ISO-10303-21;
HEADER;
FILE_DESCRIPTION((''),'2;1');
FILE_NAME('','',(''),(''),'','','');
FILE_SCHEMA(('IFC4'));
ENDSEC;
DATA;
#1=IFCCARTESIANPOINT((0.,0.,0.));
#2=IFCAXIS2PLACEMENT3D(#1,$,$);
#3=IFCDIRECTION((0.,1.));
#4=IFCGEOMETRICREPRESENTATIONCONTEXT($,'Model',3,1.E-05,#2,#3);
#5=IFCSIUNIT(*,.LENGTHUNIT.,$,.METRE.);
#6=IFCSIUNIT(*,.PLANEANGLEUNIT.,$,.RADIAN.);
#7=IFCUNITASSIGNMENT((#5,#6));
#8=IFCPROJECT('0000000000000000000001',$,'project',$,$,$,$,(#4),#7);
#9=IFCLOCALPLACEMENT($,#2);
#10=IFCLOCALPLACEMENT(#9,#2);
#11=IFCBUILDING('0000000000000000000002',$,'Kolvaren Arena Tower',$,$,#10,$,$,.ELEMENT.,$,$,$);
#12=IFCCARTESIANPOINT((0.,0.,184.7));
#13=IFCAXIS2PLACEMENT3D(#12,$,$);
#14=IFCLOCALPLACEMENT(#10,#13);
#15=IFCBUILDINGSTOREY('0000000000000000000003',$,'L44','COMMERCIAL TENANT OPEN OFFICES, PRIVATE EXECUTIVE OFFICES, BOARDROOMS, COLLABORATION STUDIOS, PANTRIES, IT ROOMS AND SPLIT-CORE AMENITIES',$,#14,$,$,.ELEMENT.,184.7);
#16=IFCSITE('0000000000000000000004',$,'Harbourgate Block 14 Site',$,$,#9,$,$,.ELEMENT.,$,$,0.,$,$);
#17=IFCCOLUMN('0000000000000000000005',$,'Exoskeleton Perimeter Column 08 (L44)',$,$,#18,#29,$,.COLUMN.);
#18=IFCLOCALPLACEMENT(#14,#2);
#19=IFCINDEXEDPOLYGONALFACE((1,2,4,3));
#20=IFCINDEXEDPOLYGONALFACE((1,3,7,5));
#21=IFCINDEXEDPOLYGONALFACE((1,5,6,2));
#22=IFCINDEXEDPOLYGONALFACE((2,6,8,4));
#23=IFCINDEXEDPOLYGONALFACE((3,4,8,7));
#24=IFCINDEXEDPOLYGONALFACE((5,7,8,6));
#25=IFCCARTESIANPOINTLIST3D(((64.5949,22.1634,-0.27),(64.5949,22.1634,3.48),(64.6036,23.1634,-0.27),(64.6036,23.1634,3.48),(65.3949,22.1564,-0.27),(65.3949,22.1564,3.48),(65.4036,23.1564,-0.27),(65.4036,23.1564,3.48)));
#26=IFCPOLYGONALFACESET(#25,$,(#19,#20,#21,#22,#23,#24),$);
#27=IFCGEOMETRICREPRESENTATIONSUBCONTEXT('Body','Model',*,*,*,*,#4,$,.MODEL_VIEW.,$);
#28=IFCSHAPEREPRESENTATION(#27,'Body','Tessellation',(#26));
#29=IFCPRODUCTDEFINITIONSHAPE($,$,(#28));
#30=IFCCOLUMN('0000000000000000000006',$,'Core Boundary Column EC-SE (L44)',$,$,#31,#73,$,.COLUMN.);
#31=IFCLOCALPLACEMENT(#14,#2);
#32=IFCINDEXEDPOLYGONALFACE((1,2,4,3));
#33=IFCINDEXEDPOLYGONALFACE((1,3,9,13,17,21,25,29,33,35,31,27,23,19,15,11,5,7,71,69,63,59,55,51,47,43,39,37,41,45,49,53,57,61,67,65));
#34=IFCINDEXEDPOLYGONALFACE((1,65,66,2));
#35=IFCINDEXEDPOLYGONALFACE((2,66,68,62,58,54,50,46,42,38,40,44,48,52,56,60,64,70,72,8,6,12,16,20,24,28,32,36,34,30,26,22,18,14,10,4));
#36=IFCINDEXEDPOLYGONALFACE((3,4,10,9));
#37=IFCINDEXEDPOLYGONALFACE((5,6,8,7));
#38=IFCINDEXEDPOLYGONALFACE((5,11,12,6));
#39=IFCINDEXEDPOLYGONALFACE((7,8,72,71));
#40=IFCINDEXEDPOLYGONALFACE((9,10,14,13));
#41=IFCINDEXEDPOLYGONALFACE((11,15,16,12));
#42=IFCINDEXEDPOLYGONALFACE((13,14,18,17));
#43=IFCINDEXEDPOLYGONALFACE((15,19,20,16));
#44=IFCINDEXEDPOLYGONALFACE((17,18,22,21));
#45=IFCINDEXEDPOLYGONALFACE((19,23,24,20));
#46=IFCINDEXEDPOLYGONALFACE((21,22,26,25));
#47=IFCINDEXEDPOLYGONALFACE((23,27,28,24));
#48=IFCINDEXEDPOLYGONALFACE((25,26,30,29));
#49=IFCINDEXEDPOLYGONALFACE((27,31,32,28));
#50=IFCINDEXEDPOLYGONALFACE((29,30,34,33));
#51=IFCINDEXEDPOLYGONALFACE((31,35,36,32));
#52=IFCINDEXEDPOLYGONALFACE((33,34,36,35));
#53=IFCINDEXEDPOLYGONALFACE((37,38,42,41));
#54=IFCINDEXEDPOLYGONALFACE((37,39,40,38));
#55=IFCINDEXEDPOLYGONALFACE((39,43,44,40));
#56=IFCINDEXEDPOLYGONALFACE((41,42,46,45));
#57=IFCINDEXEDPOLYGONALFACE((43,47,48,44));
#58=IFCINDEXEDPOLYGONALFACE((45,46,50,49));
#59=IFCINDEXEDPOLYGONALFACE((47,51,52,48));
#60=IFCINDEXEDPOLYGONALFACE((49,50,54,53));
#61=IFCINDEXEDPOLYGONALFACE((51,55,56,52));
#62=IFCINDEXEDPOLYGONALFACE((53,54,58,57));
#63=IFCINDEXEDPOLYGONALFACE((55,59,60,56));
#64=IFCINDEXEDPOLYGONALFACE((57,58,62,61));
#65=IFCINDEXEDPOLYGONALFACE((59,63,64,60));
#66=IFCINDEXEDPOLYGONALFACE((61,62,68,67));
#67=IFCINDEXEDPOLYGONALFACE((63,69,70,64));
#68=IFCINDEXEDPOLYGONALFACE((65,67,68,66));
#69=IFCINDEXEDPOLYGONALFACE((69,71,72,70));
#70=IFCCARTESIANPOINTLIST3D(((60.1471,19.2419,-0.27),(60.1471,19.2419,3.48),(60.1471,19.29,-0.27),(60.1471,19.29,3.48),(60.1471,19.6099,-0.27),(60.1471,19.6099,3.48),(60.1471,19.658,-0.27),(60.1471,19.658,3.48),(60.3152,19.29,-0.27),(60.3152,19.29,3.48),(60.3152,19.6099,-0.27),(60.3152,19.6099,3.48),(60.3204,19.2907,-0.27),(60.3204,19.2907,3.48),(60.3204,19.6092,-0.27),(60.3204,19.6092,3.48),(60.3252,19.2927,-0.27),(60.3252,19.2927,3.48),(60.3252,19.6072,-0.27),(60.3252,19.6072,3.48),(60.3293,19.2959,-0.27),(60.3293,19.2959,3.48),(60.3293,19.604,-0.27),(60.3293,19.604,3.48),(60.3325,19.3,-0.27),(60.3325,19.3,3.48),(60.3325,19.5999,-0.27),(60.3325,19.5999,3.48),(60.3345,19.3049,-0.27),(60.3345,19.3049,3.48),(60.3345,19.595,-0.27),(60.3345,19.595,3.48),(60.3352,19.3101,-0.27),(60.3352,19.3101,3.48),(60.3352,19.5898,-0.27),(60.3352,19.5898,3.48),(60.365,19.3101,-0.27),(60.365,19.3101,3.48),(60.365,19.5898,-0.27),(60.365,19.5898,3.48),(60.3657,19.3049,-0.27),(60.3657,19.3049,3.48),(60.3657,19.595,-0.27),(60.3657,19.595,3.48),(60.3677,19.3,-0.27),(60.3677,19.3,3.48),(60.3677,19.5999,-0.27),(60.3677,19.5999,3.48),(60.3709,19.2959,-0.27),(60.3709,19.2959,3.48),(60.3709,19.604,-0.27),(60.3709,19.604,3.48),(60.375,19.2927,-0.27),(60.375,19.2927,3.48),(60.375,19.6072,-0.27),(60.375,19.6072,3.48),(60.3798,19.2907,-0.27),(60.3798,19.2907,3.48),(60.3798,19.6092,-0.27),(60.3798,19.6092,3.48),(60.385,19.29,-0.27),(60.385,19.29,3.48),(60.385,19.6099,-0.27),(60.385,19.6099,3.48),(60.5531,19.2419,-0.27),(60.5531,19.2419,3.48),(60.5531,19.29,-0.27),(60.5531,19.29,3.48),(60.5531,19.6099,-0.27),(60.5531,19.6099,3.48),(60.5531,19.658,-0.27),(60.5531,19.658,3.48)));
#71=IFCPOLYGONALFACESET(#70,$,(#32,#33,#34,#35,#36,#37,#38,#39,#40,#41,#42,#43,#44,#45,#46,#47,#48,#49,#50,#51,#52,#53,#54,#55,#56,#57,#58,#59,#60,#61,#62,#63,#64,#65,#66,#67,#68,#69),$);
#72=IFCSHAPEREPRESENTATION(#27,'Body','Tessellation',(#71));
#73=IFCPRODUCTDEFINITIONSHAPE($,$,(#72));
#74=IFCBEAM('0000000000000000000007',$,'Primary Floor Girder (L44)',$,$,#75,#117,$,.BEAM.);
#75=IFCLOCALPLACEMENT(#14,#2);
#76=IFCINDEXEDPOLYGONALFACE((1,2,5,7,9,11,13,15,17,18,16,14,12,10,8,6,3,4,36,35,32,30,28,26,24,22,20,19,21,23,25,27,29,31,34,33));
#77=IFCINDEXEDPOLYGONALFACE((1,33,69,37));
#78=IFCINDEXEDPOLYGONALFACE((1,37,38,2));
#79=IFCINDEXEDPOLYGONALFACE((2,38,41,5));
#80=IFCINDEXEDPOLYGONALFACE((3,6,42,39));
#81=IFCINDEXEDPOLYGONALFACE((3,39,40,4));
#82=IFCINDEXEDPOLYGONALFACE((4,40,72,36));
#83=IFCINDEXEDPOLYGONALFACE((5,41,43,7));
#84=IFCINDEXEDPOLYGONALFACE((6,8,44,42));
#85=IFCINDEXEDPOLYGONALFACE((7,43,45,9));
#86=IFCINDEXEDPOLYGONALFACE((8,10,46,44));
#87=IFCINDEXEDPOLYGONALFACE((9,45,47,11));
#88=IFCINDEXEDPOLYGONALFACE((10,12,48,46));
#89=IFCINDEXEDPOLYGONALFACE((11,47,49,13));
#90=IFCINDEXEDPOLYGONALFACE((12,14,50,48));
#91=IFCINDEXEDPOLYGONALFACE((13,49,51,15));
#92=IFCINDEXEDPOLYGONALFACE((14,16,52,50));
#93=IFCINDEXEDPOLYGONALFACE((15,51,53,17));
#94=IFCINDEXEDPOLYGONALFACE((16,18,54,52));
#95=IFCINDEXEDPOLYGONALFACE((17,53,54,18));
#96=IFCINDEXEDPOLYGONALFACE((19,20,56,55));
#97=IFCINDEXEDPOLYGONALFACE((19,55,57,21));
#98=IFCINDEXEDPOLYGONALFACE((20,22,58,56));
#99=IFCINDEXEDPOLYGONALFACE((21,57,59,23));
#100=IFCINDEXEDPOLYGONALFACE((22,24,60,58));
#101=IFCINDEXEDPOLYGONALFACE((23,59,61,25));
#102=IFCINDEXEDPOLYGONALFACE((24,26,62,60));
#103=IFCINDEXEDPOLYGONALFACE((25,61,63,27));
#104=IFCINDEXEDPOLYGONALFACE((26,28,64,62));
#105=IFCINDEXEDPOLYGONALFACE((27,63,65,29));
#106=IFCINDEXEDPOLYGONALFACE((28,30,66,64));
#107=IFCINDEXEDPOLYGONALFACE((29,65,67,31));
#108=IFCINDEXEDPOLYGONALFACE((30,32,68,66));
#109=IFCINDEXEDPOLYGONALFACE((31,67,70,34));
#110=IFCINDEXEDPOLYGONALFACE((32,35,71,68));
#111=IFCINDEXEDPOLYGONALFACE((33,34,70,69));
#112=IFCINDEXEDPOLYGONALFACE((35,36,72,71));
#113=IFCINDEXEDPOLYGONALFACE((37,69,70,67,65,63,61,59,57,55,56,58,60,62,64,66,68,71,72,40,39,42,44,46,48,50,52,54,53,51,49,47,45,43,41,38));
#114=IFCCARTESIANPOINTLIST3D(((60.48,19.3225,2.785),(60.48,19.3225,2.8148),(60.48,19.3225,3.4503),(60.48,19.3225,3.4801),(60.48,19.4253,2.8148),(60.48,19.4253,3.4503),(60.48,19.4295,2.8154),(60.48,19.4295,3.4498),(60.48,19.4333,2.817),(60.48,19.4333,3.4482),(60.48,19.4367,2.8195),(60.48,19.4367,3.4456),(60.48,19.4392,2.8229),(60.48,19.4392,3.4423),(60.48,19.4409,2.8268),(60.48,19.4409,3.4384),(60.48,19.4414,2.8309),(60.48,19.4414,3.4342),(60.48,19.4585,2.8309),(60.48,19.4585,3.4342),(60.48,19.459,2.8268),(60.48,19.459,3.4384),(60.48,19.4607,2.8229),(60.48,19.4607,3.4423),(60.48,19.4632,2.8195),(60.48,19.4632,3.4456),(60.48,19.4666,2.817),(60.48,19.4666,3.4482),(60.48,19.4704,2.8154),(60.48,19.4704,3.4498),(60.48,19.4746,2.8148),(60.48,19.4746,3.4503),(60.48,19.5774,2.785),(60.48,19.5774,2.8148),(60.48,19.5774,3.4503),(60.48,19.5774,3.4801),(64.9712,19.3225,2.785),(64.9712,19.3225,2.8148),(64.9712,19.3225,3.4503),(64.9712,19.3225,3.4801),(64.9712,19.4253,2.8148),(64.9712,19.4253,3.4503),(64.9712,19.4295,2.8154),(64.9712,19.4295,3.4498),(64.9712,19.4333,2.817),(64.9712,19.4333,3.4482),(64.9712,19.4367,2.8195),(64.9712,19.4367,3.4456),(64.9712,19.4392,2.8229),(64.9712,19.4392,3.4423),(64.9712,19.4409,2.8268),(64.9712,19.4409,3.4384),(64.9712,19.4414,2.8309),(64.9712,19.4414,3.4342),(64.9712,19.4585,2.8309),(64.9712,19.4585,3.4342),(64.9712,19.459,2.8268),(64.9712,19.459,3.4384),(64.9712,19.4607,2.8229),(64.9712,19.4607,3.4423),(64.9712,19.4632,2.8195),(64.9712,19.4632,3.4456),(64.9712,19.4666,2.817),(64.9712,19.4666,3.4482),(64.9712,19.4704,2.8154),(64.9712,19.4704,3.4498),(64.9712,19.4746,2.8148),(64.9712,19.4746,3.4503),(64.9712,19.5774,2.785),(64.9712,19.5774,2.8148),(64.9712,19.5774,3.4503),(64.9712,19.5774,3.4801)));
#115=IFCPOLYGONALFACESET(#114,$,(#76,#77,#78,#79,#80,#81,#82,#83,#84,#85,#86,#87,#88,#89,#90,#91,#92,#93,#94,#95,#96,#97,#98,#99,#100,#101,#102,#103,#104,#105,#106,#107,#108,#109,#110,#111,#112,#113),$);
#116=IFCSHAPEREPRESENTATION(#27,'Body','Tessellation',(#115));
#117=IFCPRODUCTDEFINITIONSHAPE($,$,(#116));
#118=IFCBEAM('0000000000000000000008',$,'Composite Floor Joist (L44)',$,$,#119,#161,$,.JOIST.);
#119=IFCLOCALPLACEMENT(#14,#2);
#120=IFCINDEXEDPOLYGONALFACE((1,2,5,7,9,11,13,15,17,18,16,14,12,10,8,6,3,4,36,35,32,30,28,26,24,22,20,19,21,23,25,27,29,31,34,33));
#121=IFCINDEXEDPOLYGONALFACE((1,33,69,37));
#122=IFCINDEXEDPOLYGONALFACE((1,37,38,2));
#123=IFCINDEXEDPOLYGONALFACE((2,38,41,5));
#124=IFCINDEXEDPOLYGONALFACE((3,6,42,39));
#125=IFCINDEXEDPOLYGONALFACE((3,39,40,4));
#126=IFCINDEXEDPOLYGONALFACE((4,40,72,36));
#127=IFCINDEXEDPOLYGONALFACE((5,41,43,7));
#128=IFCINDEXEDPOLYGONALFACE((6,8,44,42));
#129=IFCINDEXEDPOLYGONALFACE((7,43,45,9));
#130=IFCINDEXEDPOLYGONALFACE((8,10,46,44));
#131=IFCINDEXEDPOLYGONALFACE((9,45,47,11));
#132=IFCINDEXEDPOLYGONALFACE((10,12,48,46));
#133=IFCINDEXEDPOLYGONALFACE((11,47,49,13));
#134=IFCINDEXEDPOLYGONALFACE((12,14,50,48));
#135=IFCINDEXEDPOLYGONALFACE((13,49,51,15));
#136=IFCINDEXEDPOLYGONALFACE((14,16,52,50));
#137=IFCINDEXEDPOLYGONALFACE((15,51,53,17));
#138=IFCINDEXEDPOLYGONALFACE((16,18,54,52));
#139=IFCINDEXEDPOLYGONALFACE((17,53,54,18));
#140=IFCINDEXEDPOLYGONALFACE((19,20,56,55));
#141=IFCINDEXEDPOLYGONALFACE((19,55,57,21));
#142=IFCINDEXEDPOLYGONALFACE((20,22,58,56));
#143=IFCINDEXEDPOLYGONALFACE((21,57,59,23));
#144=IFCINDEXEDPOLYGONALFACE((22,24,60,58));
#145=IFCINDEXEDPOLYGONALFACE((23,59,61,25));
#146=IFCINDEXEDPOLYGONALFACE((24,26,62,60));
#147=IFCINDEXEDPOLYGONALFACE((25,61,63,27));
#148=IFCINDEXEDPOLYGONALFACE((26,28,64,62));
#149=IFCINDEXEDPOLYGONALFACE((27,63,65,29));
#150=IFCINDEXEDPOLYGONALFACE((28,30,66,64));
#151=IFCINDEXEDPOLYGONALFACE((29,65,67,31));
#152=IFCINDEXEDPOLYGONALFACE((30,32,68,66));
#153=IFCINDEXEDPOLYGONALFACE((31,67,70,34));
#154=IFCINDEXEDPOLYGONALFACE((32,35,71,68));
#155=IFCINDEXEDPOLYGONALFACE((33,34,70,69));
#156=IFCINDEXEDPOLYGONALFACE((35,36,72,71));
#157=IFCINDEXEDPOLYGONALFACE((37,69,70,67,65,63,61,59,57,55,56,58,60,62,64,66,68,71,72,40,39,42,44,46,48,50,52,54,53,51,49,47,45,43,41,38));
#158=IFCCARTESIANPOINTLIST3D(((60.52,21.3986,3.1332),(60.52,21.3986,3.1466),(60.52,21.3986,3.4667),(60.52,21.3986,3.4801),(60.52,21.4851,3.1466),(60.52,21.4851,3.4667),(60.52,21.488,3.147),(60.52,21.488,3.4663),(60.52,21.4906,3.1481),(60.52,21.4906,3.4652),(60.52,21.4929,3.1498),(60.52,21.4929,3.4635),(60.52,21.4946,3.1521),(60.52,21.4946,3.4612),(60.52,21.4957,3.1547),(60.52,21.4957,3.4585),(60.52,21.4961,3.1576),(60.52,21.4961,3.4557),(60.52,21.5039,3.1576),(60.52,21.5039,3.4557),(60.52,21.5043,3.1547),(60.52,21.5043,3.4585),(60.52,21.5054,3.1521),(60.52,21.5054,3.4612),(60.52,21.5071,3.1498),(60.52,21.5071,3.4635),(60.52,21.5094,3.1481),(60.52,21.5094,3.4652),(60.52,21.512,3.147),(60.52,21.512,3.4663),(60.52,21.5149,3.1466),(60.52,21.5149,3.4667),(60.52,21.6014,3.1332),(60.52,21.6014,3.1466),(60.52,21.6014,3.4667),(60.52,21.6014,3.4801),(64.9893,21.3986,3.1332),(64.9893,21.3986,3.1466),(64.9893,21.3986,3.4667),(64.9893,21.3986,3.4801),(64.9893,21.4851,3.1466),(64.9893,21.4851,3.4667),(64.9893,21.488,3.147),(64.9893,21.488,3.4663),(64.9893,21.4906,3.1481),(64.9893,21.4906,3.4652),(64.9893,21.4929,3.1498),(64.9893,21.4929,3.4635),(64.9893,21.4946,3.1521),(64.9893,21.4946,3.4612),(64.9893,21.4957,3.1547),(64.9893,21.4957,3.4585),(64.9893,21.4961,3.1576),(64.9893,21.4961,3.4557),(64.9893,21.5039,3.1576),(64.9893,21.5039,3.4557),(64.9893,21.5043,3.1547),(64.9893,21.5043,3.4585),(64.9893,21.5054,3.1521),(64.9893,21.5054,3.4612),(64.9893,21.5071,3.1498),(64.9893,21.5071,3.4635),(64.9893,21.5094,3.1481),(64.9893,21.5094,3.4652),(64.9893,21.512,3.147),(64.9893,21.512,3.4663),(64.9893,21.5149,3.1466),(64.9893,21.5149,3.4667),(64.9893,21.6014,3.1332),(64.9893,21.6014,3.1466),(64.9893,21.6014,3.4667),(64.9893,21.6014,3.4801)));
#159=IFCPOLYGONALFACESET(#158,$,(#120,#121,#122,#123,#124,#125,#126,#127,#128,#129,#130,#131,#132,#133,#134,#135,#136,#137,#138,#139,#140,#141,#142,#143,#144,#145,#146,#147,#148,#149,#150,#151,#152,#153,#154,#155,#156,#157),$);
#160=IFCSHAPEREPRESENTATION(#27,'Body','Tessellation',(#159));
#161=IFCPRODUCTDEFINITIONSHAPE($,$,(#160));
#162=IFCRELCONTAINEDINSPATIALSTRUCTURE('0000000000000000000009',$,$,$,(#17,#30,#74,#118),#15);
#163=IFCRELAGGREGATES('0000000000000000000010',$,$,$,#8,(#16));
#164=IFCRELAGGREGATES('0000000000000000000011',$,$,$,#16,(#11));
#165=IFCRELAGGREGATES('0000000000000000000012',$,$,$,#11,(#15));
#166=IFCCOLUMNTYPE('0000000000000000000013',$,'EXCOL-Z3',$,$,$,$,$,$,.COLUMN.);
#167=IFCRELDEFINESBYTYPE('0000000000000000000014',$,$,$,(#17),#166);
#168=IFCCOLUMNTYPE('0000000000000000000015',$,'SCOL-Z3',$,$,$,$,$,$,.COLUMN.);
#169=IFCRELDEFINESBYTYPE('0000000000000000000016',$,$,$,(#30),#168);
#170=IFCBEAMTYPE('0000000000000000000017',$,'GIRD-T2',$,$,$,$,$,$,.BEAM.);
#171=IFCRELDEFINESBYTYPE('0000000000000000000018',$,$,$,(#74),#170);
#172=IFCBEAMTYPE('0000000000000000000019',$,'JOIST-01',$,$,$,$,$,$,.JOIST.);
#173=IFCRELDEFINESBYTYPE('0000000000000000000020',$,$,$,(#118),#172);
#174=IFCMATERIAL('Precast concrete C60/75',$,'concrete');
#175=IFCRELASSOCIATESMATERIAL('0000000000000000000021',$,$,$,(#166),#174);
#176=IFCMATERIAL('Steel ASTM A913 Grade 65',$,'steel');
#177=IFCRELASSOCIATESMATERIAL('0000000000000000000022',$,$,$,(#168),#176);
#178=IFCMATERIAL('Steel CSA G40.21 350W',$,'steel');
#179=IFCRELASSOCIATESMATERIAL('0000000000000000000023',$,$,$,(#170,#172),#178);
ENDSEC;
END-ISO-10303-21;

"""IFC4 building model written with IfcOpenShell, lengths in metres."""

from ifc_helpers import new_model, si_unit, direction, frame, origin, origin_2d, place, context, subcontext, project, spatial, rectangle, i_section, extrude, material, material_profile, profile_set, type_object, element, save


model = new_model("IFC4")

# Units and contexts
model_context = context("Model", 3, precision=1e-05, world=origin(), true_north=direction((0.0, 1.0)))
body_context = subcontext(model_context, "Body", "Model", "MODEL_VIEW")
ifc_project = project(units=[si_unit("LENGTHUNIT", "METRE"), si_unit("PLANEANGLEUNIT", "RADIAN")], contexts=[model_context])

# Site, building, storey
site_placement = place(None, origin())
site = spatial("IfcSite", under=ifc_project, at=site_placement, Name="Harbourgate Block 14 Site", CompositionType="ELEMENT", RefElevation=0.0)
building_placement = place(site_placement, origin())
building = spatial("IfcBuilding", under=site, at=building_placement, Name="Kolvaren Arena Tower", CompositionType="ELEMENT")
storey_placement = place(building_placement, frame((0.0, 0.0, 184.7)))
storey = spatial("IfcBuildingStorey", under=building, at=storey_placement, Name="L44", Description="COMMERCIAL TENANT OPEN OFFICES, PRIVATE EXECUTIVE OFFICES, BOARDROOMS, COLLABORATION STUDIOS, PANTRIES, IT ROOMS AND SPLIT-CORE AMENITIES", CompositionType="ELEMENT", Elevation=184.7)

# Columns
ifc_material_1 = material(Name="Precast concrete C60/75", Category="concrete")
ifc_material_profile_1 = material_profile(ifc_material_1, rectangle(XDim=1.0, YDim=0.8, at=origin_2d()), Name="RC-1000x800")
ifc_profile_set_1 = profile_set([ifc_material_profile_1], Name="Precast concrete C60/75")
column_type_1 = type_object("IfcColumnType", Name="EXCOL-Z3", PredefinedType="COLUMN", material=ifc_profile_set_1)
column_1_placement = place(storey_placement, frame((64.9993, 22.6599, -0.27), z_axis=(0.0, 0.0, 1.0), x_axis=(0.008727, 0.999962, 0.0)))
element("IfcColumn", 1, at=column_1_placement, inside=storey, type_object=column_type_1, Name="Exoskeleton Perimeter Column 08 (L44)", PredefinedType="COLUMN", context=body_context, shape_type="SweptSolid", body=[
    extrude(rectangle(XDim=1.0, YDim=0.8, at=origin_2d()), origin(), (0.0, 0.0, 1.0), 3.75),
])
ifc_material_2 = material(Name="Steel ASTM A913 Grade 65", Category="steel")
ifc_material_profile_2 = material_profile(ifc_material_2, i_section(OverallWidth=0.406, OverallDepth=0.416, WebThickness=0.0298, FlangeThickness=0.0481, FilletRadius=0.02, at=origin_2d()), Name="W360x382")
ifc_profile_set_2 = profile_set([ifc_material_profile_2], Name="Steel ASTM A913 Grade 65")
column_type_2 = type_object("IfcColumnType", Name="SCOL-Z3", PredefinedType="COLUMN", material=ifc_profile_set_2)
column_2_placement = place(storey_placement, frame((60.3501, 19.45, -0.27), z_axis=(0.0, 0.0, 1.0), x_axis=(1.0, 0.0, 0.0)))
element("IfcColumn", 2, at=column_2_placement, inside=storey, type_object=column_type_2, Name="Core Boundary Column EC-SE (L44)", PredefinedType="COLUMN", context=body_context, shape_type="SweptSolid", body=[
    extrude(i_section(OverallWidth=0.406, OverallDepth=0.416, WebThickness=0.0298, FlangeThickness=0.0481, FilletRadius=0.02, at=origin_2d()), origin(), (0.0, 0.0, 1.0), 3.75),
])

# Beams
ifc_material_3 = material(Name="Steel CSA G40.21 350W", Category="steel")
ifc_material_profile_3 = material_profile(ifc_material_3, i_section(OverallWidth=0.2549, OverallDepth=0.6951, WebThickness=0.0171, FlangeThickness=0.0298, FilletRadius=0.0161, at=origin_2d()), Name="W690x217")
ifc_profile_set_3 = profile_set([ifc_material_profile_3], Name="Steel CSA G40.21 350W")
beam_type_1 = type_object("IfcBeamType", Name="GIRD-T2", PredefinedType="BEAM", material=ifc_profile_set_3)
beam_1_placement = place(storey_placement, frame((60.48, 19.45, 3.1326), z_axis=(1.0, 0.0, 0.0), x_axis=(0.0, 1.0, 0.0)))
element("IfcBeam", 3, at=beam_1_placement, inside=storey, type_object=beam_type_1, Name="Primary Floor Girder (L44)", PredefinedType="BEAM", context=body_context, shape_type="SweptSolid", body=[
    extrude(i_section(OverallWidth=0.2549, OverallDepth=0.6951, WebThickness=0.0171, FlangeThickness=0.0298, FilletRadius=0.0161, at=origin_2d()), origin(), (0.0, 0.0, 1.0), 4.4912),
])
ifc_material_profile_4 = material_profile(ifc_material_3, i_section(OverallWidth=0.2029, OverallDepth=0.3469, WebThickness=0.0078, FlangeThickness=0.0134, FilletRadius=0.011, at=origin_2d()), Name="W360x64")
ifc_profile_set_4 = profile_set([ifc_material_profile_4], Name="Steel CSA G40.21 350W")
beam_type_2 = type_object("IfcBeamType", Name="JOIST-01", PredefinedType="JOIST", material=ifc_profile_set_4)
beam_2_placement = place(storey_placement, frame((60.52, 21.5, 3.3066), z_axis=(1.0, 0.0, 0.0), x_axis=(0.0, 1.0, 0.0)))
element("IfcBeam", 4, at=beam_2_placement, inside=storey, type_object=beam_type_2, Name="Composite Floor Joist (L44)", PredefinedType="JOIST", context=body_context, shape_type="SweptSolid", body=[
    extrude(i_section(OverallWidth=0.2029, OverallDepth=0.3469, WebThickness=0.0078, FlangeThickness=0.0134, FilletRadius=0.011, at=origin_2d()), origin(), (0.0, 0.0, 1.0), 4.4692),
])

save(model, "model.ifc")
